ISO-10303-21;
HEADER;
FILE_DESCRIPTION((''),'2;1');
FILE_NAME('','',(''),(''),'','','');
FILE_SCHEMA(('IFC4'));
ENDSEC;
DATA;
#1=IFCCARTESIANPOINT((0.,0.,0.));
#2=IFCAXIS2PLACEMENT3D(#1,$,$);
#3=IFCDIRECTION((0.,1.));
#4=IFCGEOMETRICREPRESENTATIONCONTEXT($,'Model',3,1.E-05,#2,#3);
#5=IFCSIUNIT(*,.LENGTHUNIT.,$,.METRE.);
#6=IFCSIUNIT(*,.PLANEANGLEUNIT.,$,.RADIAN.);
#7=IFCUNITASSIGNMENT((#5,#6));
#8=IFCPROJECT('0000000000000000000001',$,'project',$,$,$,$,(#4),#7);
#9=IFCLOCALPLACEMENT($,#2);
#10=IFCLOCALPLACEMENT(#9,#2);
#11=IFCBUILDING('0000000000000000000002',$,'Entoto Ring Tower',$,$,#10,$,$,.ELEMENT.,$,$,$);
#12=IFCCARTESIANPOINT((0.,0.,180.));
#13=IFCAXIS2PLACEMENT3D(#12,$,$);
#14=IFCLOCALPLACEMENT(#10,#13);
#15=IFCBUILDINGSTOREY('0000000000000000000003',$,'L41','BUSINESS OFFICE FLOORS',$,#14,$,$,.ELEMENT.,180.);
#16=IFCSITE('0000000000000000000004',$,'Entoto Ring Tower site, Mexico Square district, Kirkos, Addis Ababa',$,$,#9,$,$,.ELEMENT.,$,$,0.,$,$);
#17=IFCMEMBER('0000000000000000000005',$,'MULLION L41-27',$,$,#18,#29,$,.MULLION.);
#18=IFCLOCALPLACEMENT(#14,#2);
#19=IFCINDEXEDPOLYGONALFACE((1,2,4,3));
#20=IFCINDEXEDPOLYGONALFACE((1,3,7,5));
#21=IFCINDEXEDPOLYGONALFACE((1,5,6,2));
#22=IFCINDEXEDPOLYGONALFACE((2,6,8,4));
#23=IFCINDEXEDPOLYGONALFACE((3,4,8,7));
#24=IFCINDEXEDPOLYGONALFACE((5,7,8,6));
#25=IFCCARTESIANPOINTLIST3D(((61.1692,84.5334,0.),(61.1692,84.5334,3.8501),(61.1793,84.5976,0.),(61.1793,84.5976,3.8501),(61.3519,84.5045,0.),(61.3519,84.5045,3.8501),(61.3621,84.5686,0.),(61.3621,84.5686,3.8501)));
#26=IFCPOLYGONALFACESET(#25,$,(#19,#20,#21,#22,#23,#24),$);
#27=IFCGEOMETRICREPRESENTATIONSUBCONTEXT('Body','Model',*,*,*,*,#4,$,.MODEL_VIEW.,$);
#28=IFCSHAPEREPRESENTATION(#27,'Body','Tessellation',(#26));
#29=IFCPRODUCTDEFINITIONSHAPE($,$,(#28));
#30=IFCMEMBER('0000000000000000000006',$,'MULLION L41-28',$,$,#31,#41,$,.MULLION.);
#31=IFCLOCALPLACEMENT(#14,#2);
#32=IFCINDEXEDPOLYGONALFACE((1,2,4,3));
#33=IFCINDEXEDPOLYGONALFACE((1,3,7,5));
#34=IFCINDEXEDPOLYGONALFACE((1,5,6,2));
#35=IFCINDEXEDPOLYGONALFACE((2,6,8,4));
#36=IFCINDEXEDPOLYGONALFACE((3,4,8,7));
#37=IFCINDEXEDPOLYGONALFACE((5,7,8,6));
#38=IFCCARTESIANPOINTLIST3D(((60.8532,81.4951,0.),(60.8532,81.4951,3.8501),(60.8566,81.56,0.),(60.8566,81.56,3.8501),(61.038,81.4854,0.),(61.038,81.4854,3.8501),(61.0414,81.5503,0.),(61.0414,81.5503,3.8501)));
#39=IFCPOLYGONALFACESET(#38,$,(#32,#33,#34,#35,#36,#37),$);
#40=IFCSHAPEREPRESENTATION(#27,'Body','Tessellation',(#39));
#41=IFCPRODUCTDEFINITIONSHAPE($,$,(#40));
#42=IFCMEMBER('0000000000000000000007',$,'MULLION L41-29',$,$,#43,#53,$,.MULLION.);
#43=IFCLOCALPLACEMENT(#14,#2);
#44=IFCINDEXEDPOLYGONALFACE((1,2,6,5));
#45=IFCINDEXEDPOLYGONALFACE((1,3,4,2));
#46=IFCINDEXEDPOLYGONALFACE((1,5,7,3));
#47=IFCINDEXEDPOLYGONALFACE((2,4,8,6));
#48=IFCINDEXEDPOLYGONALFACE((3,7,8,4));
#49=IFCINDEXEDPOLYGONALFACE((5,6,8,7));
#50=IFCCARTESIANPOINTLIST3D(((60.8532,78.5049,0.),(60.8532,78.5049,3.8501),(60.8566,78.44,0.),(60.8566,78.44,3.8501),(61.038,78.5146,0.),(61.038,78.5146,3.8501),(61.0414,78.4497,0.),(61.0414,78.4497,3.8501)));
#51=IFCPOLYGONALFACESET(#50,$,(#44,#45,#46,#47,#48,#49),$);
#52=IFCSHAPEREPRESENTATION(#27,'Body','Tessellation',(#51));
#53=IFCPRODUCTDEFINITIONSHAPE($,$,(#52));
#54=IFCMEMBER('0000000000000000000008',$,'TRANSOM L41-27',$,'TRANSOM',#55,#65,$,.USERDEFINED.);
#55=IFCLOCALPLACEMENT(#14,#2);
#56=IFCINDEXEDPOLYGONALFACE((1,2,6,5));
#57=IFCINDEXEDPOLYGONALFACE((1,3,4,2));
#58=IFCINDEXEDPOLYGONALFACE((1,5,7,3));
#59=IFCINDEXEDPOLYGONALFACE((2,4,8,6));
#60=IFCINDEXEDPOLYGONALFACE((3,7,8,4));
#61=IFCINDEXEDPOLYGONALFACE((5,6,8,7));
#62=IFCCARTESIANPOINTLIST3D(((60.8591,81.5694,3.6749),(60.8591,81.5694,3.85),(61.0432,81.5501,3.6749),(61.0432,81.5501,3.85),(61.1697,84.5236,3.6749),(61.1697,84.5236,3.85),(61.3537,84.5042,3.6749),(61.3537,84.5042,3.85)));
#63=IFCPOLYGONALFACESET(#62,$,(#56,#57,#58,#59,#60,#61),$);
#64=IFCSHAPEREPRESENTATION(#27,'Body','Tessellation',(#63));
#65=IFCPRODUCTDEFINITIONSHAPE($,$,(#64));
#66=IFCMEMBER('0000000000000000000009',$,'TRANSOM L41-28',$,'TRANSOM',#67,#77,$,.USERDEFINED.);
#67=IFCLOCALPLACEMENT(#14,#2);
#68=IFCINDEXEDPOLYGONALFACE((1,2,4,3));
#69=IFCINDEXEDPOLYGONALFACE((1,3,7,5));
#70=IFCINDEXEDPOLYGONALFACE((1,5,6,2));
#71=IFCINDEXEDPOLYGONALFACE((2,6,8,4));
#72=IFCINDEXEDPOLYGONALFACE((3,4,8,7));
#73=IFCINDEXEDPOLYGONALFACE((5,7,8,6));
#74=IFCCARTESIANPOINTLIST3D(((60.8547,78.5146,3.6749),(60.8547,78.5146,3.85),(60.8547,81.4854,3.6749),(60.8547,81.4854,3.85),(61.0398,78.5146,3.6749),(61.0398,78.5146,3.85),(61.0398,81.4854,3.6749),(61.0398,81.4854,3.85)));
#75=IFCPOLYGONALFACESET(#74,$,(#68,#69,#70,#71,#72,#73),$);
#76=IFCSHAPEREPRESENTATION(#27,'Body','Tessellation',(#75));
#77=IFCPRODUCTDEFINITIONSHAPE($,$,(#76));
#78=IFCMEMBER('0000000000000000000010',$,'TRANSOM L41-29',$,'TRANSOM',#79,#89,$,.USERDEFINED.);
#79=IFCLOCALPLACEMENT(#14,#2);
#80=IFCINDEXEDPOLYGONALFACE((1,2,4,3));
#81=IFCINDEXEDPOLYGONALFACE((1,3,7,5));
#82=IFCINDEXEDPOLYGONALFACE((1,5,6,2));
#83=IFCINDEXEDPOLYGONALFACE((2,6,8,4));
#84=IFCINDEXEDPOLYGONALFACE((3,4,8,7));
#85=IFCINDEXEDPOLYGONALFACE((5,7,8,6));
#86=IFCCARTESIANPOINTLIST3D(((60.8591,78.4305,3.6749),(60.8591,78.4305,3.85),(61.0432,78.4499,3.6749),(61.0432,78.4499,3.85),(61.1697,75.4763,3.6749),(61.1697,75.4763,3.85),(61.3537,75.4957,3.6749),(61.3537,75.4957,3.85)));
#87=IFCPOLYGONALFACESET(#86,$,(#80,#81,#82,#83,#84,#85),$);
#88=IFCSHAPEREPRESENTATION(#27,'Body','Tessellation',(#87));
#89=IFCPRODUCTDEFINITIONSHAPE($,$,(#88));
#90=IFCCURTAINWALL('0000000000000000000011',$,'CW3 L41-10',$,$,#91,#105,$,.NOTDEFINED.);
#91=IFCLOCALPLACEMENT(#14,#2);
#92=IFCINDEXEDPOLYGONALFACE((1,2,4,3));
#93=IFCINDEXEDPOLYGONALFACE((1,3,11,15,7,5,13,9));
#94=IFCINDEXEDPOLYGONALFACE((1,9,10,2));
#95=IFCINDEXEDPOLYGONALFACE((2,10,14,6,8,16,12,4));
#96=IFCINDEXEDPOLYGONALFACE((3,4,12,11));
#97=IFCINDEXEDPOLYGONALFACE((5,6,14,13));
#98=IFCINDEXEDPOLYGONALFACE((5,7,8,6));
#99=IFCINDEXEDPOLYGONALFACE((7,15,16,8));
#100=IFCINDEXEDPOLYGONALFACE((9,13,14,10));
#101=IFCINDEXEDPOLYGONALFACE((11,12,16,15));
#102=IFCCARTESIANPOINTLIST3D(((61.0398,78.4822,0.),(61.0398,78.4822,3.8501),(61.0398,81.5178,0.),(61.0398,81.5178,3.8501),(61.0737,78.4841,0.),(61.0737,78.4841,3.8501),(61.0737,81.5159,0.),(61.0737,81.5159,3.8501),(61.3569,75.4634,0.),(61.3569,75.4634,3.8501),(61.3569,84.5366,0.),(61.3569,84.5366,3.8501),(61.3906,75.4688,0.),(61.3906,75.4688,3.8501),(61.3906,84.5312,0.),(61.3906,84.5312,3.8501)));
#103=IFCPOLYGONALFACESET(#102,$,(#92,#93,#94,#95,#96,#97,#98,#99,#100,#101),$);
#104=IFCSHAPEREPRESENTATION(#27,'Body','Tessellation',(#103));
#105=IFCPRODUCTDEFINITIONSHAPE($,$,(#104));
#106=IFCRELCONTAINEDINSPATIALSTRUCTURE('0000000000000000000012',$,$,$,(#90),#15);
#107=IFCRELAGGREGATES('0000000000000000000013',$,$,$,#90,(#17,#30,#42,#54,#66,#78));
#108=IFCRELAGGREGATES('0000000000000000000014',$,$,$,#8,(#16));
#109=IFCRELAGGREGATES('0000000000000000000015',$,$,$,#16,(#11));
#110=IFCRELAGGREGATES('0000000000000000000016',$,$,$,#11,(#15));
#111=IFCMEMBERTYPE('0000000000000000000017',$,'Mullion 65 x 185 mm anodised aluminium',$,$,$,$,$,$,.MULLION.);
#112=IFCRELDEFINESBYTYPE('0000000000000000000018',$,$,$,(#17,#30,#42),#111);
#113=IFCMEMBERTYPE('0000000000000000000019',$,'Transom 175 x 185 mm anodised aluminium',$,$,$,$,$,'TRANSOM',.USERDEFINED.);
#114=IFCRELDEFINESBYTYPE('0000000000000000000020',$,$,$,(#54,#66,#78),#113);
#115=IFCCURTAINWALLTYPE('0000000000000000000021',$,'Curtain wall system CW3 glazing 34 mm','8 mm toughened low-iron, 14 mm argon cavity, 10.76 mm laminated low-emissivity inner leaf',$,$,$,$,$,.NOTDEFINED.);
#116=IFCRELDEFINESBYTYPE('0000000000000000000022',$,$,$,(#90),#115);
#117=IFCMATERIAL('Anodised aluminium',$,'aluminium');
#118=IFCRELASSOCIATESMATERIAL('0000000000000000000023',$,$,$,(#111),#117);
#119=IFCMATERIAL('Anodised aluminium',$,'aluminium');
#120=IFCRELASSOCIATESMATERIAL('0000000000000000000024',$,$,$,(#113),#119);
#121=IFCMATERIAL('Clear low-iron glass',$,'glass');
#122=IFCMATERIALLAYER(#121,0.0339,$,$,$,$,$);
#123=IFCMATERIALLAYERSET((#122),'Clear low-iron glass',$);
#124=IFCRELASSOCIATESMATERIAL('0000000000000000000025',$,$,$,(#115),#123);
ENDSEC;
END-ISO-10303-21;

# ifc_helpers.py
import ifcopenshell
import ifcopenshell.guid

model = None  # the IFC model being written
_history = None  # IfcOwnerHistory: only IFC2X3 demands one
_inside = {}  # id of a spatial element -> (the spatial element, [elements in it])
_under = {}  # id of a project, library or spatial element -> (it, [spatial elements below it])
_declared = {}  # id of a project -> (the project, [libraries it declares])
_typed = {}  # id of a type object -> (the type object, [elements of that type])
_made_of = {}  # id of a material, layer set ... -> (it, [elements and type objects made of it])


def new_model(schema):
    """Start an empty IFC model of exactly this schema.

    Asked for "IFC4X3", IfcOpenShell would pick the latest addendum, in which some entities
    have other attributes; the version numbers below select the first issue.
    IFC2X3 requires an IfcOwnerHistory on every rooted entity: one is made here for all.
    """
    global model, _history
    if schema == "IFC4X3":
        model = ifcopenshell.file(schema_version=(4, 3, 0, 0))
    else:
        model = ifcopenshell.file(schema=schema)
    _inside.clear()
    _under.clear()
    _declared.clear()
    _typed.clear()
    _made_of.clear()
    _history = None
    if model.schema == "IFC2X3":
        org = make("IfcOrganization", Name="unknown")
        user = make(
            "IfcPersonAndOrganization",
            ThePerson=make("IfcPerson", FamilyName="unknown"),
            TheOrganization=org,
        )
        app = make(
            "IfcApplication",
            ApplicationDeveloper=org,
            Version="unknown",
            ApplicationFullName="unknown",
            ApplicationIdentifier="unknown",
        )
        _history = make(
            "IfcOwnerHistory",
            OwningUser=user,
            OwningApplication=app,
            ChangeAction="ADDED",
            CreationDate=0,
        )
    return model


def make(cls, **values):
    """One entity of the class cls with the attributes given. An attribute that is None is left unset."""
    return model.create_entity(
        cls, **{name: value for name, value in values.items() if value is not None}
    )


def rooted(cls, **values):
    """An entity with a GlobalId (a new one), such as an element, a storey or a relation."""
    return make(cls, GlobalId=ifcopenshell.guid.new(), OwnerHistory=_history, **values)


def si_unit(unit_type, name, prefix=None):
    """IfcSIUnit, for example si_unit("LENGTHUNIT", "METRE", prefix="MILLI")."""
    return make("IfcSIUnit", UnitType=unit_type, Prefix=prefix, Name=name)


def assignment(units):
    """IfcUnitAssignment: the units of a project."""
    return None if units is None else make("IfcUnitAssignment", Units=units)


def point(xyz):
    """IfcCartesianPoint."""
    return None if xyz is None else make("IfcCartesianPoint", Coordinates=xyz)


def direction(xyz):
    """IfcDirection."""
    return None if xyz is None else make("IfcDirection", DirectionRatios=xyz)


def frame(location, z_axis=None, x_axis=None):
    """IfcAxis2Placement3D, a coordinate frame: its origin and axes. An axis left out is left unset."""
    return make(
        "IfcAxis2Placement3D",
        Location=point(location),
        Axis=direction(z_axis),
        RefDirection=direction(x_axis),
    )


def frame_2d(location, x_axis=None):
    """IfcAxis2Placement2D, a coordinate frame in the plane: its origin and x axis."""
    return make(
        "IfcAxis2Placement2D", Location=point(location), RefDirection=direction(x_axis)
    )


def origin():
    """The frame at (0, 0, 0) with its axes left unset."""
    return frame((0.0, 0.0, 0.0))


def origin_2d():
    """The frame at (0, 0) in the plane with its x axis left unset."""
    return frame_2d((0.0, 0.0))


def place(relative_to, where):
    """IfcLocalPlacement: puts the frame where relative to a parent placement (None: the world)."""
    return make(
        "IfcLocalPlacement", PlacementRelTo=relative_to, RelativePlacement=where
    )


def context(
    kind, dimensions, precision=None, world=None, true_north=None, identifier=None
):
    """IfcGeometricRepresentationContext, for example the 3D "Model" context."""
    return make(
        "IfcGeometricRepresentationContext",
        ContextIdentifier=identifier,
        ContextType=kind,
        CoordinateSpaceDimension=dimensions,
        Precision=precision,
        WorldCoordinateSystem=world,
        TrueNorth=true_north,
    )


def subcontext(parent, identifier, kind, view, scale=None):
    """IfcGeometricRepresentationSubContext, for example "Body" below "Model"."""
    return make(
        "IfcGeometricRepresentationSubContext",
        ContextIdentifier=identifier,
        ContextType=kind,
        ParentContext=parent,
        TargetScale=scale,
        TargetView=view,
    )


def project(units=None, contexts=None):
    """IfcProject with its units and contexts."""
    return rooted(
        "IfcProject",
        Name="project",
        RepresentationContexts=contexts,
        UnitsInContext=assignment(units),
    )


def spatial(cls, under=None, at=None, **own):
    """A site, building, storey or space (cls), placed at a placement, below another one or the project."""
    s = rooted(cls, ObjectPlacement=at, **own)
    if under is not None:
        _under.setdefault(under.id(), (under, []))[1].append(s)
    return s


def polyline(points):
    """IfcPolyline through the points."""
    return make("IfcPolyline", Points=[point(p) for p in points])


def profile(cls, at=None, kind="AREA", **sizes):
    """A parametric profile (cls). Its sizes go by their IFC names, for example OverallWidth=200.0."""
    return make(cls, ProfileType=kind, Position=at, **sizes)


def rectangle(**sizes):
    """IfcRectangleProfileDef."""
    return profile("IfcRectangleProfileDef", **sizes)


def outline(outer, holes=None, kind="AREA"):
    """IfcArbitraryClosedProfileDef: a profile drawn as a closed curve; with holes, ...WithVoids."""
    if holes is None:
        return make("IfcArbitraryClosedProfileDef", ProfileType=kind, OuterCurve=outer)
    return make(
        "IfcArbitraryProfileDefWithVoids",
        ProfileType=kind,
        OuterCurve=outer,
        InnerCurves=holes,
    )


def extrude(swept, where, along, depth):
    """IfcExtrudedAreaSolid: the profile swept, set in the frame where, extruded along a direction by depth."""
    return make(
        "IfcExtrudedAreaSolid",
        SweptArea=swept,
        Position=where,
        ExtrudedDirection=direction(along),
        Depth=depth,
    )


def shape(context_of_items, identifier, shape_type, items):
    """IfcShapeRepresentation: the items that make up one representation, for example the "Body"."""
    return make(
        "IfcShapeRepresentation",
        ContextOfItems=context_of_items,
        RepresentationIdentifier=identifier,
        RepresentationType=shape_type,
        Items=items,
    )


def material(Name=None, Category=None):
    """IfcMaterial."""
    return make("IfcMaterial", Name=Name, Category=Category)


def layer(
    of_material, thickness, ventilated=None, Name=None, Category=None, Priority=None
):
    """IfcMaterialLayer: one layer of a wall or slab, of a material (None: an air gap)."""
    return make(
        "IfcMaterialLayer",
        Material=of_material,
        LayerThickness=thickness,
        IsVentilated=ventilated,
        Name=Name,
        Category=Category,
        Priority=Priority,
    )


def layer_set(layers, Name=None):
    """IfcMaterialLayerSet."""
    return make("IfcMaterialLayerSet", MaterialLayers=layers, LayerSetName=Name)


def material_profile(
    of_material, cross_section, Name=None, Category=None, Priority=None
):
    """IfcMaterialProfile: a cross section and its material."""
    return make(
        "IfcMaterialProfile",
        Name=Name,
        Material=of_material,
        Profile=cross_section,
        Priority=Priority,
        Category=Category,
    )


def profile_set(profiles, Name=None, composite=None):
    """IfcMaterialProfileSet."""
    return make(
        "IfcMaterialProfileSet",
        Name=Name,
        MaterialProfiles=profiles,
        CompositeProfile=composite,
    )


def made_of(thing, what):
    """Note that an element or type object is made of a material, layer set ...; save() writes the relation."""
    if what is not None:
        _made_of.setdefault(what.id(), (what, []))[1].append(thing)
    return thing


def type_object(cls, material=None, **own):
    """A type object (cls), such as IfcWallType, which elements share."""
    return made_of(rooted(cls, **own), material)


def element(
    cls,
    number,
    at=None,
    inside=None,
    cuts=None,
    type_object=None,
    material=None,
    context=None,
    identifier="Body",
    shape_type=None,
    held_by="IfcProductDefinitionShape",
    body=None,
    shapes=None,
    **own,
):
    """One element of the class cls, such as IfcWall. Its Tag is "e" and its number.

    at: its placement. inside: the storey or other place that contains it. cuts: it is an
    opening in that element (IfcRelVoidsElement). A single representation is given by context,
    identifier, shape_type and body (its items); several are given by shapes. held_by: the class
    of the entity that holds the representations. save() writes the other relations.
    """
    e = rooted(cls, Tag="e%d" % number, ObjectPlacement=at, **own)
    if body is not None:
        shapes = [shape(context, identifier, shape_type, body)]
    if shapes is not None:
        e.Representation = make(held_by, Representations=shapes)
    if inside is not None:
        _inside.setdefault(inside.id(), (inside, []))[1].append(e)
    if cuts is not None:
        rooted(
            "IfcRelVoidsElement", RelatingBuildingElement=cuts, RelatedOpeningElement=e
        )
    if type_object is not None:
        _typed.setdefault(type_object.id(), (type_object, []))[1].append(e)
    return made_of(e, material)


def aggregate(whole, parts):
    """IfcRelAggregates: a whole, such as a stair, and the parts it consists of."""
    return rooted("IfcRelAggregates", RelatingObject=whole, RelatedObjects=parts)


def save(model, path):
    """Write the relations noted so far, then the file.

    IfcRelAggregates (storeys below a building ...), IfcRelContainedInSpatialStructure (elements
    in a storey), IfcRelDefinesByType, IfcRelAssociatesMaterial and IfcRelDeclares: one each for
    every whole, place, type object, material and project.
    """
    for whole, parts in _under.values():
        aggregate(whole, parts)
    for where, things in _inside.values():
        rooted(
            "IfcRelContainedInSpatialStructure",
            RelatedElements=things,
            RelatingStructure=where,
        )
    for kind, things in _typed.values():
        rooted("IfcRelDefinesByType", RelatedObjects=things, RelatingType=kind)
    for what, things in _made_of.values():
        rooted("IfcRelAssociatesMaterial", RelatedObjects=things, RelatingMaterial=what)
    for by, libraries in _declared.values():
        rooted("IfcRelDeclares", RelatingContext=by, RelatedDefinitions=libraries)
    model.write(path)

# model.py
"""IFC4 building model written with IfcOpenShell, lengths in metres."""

from ifc_helpers import new_model, si_unit, direction, frame, origin, origin_2d, place, context, subcontext, project, spatial, polyline, rectangle, outline, extrude, material, layer, layer_set, material_profile, profile_set, type_object, element, aggregate, save


model = new_model("IFC4")

# Units and contexts
model_context = context("Model", 3, precision=1e-05, world=origin(), true_north=direction((0.0, 1.0)))
body_context = subcontext(model_context, "Body", "Model", "MODEL_VIEW")
ifc_project = project(units=[si_unit("LENGTHUNIT", "METRE"), si_unit("PLANEANGLEUNIT", "RADIAN")], contexts=[model_context])

# Members
ifc_material_1 = material(Name="Anodised aluminium", Category="aluminium")
ifc_material_profile_1 = material_profile(ifc_material_1, rectangle(XDim=0.0649, YDim=0.1851, at=origin_2d()), Name="Mullion 65 x 185 mm anodised aluminium")
ifc_profile_set_1 = profile_set([ifc_material_profile_1], Name="Anodised aluminium")
member_type_1 = type_object("IfcMemberType", Name="Mullion 65 x 185 mm anodised aluminium", PredefinedType="MULLION", material=ifc_profile_set_1)
site_placement = place(None, origin())
building_placement = place(site_placement, origin())
storey_placement = place(building_placement, frame((0.0, 0.0, 180.0)))
member_1_placement = place(storey_placement, frame((61.2656, 84.551, 0.0), z_axis=(0.0, 0.0, 1.0), x_axis=(-0.156434, -0.987688, 0.0)))
member_1 = element("IfcMember", 1, at=member_1_placement, type_object=member_type_1, Name="MULLION L41-27", PredefinedType="MULLION", context=body_context, shape_type="SweptSolid", body=[
    extrude(rectangle(XDim=0.0649, YDim=0.1851, at=origin_2d()), origin(), (0.0, 0.0, 1.0), 3.8501),
])
member_2_placement = place(storey_placement, frame((60.9473, 81.5227, 0.0), z_axis=(0.0, 0.0, 1.0), x_axis=(-0.052336, -0.99863, 0.0)))
member_2 = element("IfcMember", 2, at=member_2_placement, type_object=member_type_1, Name="MULLION L41-28", PredefinedType="MULLION", context=body_context, shape_type="SweptSolid", body=[
    extrude(rectangle(XDim=0.0649, YDim=0.1851, at=origin_2d()), origin(), (0.0, 0.0, 1.0), 3.8501),
])
member_3_placement = place(storey_placement, frame((60.9473, 78.4773, 0.0), z_axis=(0.0, 0.0, 1.0), x_axis=(0.052336, -0.99863, 0.0)))
member_3 = element("IfcMember", 3, at=member_3_placement, type_object=member_type_1, Name="MULLION L41-29", PredefinedType="MULLION", context=body_context, shape_type="SweptSolid", body=[
    extrude(rectangle(XDim=0.0649, YDim=0.1851, at=origin_2d()), origin(), (0.0, 0.0, 1.0), 3.8501),
])
ifc_material_2 = material(Name="Anodised aluminium", Category="aluminium")
ifc_material_profile_2 = material_profile(ifc_material_2, rectangle(XDim=0.1851, YDim=0.175, at=origin_2d()), Name="Transom 175 x 185 mm anodised aluminium")
ifc_profile_set_2 = profile_set([ifc_material_profile_2], Name="Anodised aluminium")
member_type_2 = type_object("IfcMemberType", Name="Transom 175 x 185 mm anodised aluminium", ElementType="TRANSOM", PredefinedType="USERDEFINED", material=ifc_profile_set_2)
member_4_placement = place(storey_placement, frame((61.2617, 84.5139, 3.7625), z_axis=(-0.104548, -0.99452, 0.0), x_axis=(0.99452, -0.104548, 0.0)))
member_4 = element("IfcMember", 4, at=member_4_placement, type_object=member_type_2, Name="TRANSOM L41-27", ObjectType="TRANSOM", PredefinedType="USERDEFINED", context=body_context, shape_type="SweptSolid", body=[
    extrude(rectangle(XDim=0.1851, YDim=0.175, at=origin_2d()), origin(), (0.0, 0.0, 1.0), 2.9705),
])
member_5_placement = place(storey_placement, frame((60.9473, 81.4854, 3.7625), z_axis=(0.0, -1.0, 0.0), x_axis=(1.0, 0.0, 0.0)))
member_5 = element("IfcMember", 5, at=member_5_placement, type_object=member_type_2, Name="TRANSOM L41-28", ObjectType="TRANSOM", PredefinedType="USERDEFINED", context=body_context, shape_type="SweptSolid", body=[
    extrude(rectangle(XDim=0.1851, YDim=0.175, at=origin_2d()), origin(), (0.0, 0.0, 1.0), 2.9707),
])
member_6_placement = place(storey_placement, frame((60.9512, 78.4402, 3.7625), z_axis=(0.104548, -0.99452, 0.0), x_axis=(0.99452, 0.104548, 0.0)))
member_6 = element("IfcMember", 6, at=member_6_placement, type_object=member_type_2, Name="TRANSOM L41-29", ObjectType="TRANSOM", PredefinedType="USERDEFINED", context=body_context, shape_type="SweptSolid", body=[
    extrude(rectangle(XDim=0.1851, YDim=0.175, at=origin_2d()), origin(), (0.0, 0.0, 1.0), 2.9705),
])

# Site, building, storey
site = spatial("IfcSite", under=ifc_project, at=site_placement, Name="Entoto Ring Tower site, Mexico Square district, Kirkos, Addis Ababa", CompositionType="ELEMENT", RefElevation=0.0)
building = spatial("IfcBuilding", under=site, at=building_placement, Name="Entoto Ring Tower", CompositionType="ELEMENT")
storey = spatial("IfcBuildingStorey", under=building, at=storey_placement, Name="L41", Description="BUSINESS OFFICE FLOORS", CompositionType="ELEMENT", Elevation=180.0)

# Curtain wall
ifc_material_3 = material(Name="Clear low-iron glass", Category="glass")
ifc_layer = layer(ifc_material_3, 0.0339)
ifc_layer_set = layer_set([ifc_layer], Name="Clear low-iron glass")
curtain_wall_type = type_object("IfcCurtainWallType", Name="Curtain wall system CW3 glazing 34 mm", Description="8 mm toughened low-iron, 14 mm argon cavity, 10.76 mm laminated low-emissivity inner leaf", PredefinedType="NOTDEFINED", material=ifc_layer_set)
curtain_wall_1_placement = place(storey_placement, origin())
curtain_wall_1 = element("IfcCurtainWall", 7, at=curtain_wall_1_placement, inside=storey, type_object=curtain_wall_type, Name="CW3 L41-10", PredefinedType="NOTDEFINED", context=body_context, shape_type="SweptSolid", body=[
    extrude(outline(polyline([(61.3569, 84.5366), (61.0398, 81.5178), (61.0398, 78.4822), (61.3569, 75.4634), (61.3906, 75.4688), (61.0737, 78.4841), (61.0737, 81.5159), (61.3906, 84.5312), (61.3569, 84.5366)])), origin(), (0.0, 0.0, 1.0), 3.8501),
])
aggregate(curtain_wall_1, [member_1, member_2, member_3, member_4, member_5, member_6])

save(model, "model.ifc")
